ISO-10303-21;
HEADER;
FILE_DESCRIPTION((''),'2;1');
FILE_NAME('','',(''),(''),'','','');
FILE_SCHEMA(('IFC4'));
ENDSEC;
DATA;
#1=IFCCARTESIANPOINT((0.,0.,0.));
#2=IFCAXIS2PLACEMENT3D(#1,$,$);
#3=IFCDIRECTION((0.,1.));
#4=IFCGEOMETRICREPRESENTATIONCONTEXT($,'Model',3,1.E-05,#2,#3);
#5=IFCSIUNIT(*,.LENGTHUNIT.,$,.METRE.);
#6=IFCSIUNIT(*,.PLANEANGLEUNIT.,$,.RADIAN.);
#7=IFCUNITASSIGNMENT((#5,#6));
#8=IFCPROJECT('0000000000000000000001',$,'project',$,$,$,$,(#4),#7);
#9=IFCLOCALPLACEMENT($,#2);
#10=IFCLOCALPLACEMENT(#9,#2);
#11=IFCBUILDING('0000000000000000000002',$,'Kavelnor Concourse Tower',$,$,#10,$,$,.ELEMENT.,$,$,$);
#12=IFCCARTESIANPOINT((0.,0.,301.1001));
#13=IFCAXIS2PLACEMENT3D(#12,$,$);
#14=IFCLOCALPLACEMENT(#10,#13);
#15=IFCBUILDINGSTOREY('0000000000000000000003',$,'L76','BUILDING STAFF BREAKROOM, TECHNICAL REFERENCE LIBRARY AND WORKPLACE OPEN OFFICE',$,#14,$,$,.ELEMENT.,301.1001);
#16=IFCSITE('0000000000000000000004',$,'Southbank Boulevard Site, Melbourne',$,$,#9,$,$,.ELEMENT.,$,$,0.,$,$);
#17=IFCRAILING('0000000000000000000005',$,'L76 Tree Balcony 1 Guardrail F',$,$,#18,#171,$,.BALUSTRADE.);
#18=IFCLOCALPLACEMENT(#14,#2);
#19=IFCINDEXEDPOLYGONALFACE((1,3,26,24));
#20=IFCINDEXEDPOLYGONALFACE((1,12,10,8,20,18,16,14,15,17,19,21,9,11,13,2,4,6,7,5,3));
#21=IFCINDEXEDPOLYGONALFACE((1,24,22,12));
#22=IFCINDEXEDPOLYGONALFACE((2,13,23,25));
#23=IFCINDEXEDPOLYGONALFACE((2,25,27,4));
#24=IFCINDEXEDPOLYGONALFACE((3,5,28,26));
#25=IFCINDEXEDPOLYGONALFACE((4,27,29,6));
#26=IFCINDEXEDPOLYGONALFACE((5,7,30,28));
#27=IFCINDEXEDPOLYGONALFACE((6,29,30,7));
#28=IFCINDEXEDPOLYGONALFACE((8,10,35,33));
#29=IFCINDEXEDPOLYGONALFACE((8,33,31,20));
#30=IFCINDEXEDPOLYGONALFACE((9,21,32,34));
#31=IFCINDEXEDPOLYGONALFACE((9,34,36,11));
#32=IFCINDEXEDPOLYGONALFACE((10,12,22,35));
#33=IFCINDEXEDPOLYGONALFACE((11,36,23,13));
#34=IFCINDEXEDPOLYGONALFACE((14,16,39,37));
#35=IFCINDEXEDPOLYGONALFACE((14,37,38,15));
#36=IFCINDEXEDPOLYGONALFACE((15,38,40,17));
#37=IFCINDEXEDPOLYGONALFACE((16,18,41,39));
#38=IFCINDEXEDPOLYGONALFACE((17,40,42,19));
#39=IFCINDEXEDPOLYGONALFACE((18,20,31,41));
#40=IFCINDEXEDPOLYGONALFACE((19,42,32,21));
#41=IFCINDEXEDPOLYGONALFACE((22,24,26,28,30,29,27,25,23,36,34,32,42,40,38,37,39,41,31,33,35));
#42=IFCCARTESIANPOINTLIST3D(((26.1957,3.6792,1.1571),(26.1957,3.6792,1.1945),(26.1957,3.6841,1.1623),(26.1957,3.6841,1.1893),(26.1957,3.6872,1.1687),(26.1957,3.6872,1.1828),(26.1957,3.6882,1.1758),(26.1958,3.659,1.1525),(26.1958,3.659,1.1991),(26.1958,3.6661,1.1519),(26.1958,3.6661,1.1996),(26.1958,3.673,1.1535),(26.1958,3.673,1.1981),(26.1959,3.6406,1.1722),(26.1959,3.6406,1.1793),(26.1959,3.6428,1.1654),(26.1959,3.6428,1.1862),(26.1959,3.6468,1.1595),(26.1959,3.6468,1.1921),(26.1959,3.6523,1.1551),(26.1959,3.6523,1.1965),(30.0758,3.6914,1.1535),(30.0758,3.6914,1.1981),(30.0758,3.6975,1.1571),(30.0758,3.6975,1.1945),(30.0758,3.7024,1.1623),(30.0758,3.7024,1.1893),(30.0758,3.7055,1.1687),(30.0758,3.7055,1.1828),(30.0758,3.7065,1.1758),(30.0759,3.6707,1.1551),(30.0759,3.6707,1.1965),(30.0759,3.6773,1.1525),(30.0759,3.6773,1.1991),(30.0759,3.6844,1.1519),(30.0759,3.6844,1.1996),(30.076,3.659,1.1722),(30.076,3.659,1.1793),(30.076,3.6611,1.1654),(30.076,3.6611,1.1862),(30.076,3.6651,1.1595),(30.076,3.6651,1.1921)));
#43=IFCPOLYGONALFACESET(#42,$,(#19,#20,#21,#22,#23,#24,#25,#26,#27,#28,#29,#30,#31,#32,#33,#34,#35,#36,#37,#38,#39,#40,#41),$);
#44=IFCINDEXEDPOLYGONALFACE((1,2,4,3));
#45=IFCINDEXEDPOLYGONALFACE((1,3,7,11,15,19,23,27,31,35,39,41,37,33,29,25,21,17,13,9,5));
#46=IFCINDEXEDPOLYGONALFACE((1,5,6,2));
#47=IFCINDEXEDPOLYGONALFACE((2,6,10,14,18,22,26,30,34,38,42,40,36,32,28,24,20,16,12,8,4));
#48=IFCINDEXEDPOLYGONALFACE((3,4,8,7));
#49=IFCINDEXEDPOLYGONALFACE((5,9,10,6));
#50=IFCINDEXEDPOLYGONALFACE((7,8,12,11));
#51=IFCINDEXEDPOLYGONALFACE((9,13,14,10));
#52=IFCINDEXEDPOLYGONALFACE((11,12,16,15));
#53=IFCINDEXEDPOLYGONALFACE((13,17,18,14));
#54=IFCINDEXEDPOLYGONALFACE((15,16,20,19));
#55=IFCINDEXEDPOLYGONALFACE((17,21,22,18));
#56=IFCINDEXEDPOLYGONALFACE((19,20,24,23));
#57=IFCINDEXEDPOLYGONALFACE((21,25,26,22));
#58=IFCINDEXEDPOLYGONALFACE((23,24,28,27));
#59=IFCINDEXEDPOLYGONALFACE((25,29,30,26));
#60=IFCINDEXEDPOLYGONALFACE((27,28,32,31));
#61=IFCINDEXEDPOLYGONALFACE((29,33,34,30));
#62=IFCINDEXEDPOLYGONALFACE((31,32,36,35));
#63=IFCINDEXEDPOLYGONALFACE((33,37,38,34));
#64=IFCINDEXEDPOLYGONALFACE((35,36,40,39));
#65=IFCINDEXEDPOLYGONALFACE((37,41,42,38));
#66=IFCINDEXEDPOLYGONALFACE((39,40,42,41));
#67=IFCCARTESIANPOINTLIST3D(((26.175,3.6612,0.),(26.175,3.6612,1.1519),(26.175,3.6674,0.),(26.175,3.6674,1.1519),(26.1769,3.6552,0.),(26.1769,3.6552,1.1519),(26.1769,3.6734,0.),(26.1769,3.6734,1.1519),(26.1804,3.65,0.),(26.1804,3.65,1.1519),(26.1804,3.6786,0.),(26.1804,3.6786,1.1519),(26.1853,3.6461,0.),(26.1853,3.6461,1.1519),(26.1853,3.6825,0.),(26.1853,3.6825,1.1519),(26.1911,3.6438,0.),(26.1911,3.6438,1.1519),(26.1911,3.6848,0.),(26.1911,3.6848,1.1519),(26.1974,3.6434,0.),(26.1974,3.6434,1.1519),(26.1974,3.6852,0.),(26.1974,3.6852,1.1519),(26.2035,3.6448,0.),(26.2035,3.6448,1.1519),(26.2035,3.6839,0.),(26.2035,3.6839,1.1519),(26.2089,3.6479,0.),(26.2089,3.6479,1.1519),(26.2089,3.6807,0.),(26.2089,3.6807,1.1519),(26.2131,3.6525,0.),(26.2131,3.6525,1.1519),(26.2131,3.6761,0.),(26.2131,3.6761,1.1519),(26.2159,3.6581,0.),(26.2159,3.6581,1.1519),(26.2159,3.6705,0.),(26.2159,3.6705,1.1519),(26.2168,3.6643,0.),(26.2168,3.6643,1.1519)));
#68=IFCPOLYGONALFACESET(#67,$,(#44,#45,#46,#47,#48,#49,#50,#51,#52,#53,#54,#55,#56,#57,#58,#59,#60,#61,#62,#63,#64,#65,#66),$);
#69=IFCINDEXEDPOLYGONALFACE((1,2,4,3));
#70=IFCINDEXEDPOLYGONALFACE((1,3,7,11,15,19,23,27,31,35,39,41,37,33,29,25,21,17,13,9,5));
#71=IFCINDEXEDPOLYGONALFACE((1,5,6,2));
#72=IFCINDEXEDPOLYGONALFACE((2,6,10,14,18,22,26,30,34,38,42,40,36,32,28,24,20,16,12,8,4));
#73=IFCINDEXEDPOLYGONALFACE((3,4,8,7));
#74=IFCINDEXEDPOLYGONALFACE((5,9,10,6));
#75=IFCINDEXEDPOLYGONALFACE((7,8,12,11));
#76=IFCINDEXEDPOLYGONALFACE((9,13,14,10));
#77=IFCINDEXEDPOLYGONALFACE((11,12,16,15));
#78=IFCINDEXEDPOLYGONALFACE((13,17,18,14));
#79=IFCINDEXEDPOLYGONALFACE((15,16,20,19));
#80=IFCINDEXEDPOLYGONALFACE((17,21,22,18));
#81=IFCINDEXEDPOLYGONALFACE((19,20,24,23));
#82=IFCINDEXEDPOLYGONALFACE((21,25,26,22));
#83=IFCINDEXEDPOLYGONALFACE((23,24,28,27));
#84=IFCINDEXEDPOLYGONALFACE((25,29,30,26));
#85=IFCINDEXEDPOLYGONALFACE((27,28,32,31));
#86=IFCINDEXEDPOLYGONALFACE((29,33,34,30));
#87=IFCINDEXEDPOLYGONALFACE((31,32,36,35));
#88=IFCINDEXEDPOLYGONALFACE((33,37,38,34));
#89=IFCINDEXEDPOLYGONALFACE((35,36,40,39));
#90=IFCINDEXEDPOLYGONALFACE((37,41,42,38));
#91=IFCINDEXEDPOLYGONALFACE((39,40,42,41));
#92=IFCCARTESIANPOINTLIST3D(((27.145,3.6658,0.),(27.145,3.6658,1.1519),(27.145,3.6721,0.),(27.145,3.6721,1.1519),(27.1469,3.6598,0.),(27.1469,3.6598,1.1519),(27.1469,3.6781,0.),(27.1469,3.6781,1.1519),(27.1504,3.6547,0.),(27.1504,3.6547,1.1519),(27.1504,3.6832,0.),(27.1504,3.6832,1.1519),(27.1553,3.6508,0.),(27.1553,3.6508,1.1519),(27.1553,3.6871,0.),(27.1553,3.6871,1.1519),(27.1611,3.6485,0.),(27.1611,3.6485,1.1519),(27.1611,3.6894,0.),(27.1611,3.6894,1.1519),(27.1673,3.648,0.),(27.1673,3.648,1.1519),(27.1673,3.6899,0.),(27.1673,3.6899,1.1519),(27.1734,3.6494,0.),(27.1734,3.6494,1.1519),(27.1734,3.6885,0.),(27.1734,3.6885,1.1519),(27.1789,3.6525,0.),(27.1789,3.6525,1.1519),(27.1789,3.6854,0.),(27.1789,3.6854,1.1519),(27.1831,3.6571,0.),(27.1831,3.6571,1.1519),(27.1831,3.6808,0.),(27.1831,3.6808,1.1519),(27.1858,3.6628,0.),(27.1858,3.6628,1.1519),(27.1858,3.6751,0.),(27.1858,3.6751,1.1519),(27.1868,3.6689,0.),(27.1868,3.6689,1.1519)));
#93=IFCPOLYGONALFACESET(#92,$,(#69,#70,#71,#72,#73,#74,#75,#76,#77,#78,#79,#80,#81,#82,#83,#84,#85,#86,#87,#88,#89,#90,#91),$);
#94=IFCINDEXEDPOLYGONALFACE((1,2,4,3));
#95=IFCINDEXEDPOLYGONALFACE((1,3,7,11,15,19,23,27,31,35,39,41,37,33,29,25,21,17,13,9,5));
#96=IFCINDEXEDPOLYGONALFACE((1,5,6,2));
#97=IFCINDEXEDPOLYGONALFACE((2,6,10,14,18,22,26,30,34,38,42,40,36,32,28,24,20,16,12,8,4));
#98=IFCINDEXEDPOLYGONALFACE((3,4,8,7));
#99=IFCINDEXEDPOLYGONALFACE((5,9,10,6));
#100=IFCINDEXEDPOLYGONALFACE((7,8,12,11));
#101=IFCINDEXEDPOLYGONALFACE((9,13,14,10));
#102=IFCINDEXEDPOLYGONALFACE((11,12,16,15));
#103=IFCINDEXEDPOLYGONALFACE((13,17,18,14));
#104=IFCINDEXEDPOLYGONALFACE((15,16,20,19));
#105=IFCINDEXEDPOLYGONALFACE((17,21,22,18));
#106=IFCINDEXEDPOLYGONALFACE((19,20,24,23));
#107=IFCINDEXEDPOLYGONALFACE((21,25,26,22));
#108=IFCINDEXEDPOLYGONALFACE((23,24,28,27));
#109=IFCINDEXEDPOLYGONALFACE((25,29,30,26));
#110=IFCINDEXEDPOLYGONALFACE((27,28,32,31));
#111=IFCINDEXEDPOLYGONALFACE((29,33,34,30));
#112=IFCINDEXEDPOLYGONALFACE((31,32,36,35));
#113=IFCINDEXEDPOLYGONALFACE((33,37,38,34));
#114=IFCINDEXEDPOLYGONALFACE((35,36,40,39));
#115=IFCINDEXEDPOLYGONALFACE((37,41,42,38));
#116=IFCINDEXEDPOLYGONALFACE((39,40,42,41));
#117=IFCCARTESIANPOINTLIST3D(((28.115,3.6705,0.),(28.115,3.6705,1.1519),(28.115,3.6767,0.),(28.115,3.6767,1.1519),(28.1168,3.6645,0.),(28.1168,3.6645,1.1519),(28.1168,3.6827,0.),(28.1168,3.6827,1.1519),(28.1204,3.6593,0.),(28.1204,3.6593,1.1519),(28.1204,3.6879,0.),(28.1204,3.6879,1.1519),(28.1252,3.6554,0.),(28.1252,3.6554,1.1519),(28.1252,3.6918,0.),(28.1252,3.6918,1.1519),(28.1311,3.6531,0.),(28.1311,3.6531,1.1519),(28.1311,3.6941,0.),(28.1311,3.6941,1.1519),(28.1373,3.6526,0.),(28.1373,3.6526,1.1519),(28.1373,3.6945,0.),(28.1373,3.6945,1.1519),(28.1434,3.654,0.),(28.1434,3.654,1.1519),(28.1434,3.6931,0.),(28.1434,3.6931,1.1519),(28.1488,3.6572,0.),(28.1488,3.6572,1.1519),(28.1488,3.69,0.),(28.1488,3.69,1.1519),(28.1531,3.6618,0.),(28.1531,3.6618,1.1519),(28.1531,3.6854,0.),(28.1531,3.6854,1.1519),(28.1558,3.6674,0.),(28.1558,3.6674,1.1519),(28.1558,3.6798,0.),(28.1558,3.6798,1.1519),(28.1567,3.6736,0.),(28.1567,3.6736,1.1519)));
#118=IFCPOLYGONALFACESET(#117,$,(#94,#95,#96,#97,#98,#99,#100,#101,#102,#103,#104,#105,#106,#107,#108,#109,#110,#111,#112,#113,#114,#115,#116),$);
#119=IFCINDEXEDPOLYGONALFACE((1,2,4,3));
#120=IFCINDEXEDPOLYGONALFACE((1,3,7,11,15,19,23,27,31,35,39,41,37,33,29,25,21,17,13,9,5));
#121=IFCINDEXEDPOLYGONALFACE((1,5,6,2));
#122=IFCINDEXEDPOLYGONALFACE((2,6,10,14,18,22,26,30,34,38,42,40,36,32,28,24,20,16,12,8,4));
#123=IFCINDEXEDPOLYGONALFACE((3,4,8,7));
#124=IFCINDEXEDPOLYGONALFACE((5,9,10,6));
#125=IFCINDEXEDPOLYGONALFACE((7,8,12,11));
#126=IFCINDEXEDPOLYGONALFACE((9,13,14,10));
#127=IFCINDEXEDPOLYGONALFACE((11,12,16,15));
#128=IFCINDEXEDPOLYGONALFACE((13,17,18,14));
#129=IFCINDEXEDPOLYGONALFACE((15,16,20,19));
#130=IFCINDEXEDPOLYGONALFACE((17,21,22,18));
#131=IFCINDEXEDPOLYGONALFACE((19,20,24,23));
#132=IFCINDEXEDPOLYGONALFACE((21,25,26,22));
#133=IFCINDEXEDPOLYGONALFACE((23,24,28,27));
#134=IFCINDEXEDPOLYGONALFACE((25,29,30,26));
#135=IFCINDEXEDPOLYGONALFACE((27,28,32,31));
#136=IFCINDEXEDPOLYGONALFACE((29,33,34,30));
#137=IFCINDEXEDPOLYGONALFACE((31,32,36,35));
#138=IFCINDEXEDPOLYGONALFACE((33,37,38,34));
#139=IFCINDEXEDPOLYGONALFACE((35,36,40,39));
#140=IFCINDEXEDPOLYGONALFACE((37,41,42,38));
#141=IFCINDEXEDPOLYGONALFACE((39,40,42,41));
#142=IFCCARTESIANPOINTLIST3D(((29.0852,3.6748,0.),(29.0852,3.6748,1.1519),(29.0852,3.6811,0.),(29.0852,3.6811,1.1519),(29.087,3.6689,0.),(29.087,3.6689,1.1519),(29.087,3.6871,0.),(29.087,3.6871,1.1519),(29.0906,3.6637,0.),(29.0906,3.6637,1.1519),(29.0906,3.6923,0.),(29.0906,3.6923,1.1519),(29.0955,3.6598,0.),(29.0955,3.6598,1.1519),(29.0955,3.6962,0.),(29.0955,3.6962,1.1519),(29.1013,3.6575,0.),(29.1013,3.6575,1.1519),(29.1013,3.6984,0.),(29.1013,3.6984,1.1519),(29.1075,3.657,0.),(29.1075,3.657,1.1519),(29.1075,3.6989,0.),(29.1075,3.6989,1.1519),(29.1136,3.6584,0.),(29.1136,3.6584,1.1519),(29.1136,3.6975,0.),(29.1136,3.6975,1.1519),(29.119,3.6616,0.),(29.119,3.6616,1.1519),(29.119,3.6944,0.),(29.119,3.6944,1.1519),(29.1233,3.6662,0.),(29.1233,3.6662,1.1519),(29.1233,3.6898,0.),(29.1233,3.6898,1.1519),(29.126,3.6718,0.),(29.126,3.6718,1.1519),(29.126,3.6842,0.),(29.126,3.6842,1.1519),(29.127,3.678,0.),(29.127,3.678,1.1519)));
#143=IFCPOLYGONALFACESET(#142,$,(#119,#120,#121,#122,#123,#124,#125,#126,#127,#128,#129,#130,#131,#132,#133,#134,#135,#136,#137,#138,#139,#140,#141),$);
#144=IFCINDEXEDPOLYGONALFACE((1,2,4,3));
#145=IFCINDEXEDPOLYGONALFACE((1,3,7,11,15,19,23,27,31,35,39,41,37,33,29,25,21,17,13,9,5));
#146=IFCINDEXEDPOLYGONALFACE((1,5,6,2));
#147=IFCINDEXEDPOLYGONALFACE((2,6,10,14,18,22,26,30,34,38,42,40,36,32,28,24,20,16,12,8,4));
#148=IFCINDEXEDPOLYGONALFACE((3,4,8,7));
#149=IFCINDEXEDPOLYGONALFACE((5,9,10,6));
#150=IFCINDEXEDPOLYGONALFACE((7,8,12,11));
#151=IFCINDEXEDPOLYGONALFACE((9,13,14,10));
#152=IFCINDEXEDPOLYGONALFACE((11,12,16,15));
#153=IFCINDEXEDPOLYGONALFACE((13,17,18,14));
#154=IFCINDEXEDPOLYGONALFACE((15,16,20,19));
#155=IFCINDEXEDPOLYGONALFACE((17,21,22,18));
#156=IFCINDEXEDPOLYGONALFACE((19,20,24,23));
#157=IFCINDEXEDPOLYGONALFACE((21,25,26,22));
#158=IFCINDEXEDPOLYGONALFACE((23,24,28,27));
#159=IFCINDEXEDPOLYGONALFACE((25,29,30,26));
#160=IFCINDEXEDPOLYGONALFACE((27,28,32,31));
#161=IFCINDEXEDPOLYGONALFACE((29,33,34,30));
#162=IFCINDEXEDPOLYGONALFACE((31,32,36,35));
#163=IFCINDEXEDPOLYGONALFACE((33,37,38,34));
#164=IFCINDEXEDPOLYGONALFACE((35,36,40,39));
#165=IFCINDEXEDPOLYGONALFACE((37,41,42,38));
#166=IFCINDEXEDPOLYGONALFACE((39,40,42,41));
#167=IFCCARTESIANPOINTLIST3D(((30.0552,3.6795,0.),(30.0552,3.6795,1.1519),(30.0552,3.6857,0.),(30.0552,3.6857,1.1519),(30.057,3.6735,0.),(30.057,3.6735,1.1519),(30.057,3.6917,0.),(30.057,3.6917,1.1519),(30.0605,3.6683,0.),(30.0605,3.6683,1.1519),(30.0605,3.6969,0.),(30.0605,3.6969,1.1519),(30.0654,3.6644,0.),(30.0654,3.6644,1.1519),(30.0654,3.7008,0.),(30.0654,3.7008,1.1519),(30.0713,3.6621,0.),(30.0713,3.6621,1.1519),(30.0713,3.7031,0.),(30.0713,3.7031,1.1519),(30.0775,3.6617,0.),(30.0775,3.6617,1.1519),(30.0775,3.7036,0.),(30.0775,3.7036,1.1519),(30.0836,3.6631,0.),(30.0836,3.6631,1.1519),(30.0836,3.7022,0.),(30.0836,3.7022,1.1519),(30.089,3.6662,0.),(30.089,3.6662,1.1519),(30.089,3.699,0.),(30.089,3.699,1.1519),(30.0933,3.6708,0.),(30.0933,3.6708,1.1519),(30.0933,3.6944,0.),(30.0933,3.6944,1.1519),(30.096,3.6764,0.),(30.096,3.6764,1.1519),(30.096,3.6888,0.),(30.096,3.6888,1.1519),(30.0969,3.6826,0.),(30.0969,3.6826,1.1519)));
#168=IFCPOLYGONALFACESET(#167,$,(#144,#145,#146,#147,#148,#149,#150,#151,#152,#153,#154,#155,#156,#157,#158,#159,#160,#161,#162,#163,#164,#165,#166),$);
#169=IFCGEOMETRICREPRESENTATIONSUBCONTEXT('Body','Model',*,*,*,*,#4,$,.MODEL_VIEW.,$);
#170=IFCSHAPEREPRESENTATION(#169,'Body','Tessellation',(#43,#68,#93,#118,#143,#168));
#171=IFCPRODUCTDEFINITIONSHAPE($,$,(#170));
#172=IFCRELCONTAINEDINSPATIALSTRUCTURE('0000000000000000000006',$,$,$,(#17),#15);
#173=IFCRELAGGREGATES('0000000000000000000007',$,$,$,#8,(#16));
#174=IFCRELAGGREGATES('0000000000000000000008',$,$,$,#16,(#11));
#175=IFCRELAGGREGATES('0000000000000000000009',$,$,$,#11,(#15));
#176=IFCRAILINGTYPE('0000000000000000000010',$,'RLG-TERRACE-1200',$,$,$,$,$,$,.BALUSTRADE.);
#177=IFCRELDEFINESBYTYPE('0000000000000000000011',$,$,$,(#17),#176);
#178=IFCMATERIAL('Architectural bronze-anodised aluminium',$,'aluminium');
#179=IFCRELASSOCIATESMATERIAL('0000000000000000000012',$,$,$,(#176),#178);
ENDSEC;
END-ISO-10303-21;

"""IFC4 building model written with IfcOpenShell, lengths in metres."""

from ifc_helpers import new_model, si_unit, direction, frame, origin, origin_2d, place, context, subcontext, project, spatial, circle, extrude, material, type_object, element, save


model = new_model("IFC4")

# Units and contexts
model_context = context("Model", 3, precision=1e-05, world=origin(), true_north=direction((0.0, 1.0)))
body_context = subcontext(model_context, "Body", "Model", "MODEL_VIEW")
ifc_project = project(units=[si_unit("LENGTHUNIT", "METRE"), si_unit("PLANEANGLEUNIT", "RADIAN")], contexts=[model_context])

# Site, building, storey
site_placement = place(None, origin())
site = spatial("IfcSite", under=ifc_project, at=site_placement, Name="Southbank Boulevard Site, Melbourne", CompositionType="ELEMENT", RefElevation=0.0)
building_placement = place(site_placement, origin())
building = spatial("IfcBuilding", under=site, at=building_placement, Name="Kavelnor Concourse Tower", CompositionType="ELEMENT")
storey_placement = place(building_placement, frame((0.0, 0.0, 301.1001)))
storey = spatial("IfcBuildingStorey", under=building, at=storey_placement, Name="L76", Description="BUILDING STAFF BREAKROOM, TECHNICAL REFERENCE LIBRARY AND WORKPLACE OPEN OFFICE", CompositionType="ELEMENT", Elevation=301.1001)

# Railing
ifc_material_1 = material(Name="Architectural bronze-anodised aluminium", Category="aluminium")
railing_type = type_object("IfcRailingType", Name="RLG-TERRACE-1200", PredefinedType="BALUSTRADE", material=ifc_material_1)
railing_1_placement = place(storey_placement, frame((26.1958, 3.6643, 0.0)))
element("IfcRailing", 1, at=railing_1_placement, inside=storey, type_object=railing_type, Name="L76 Tree Balcony 1 Guardrail F", PredefinedType="BALUSTRADE", context=body_context, shape_type="SweptSolid", body=[
    extrude(circle(Radius=0.0239, at=origin_2d()), frame((0.0, 0.0, 1.1758), z_axis=(0.999989, 0.004719, 0.0), x_axis=(-0.004719, 0.999989, 0.0)), (0.0, 0.0, 1.0), 3.8801),
    extrude(circle(Radius=0.021, at=origin_2d()), origin(), (0.0, 0.0, 1.0), 1.1519),
    extrude(circle(Radius=0.021, at=origin_2d()), frame((0.97, 0.0046, 0.0)), (0.0, 0.0, 1.0), 1.1519),
    extrude(circle(Radius=0.021, at=origin_2d()), frame((1.9399, 0.0093, 0.0)), (0.0, 0.0, 1.0), 1.1519),
    extrude(circle(Radius=0.021, at=origin_2d()), frame((2.9102, 0.0137, 0.0)), (0.0, 0.0, 1.0), 1.1519),
    extrude(circle(Radius=0.021, at=origin_2d()), frame((3.8801, 0.0183, 0.0)), (0.0, 0.0, 1.0), 1.1519),
])

save(model, "model.ifc")
